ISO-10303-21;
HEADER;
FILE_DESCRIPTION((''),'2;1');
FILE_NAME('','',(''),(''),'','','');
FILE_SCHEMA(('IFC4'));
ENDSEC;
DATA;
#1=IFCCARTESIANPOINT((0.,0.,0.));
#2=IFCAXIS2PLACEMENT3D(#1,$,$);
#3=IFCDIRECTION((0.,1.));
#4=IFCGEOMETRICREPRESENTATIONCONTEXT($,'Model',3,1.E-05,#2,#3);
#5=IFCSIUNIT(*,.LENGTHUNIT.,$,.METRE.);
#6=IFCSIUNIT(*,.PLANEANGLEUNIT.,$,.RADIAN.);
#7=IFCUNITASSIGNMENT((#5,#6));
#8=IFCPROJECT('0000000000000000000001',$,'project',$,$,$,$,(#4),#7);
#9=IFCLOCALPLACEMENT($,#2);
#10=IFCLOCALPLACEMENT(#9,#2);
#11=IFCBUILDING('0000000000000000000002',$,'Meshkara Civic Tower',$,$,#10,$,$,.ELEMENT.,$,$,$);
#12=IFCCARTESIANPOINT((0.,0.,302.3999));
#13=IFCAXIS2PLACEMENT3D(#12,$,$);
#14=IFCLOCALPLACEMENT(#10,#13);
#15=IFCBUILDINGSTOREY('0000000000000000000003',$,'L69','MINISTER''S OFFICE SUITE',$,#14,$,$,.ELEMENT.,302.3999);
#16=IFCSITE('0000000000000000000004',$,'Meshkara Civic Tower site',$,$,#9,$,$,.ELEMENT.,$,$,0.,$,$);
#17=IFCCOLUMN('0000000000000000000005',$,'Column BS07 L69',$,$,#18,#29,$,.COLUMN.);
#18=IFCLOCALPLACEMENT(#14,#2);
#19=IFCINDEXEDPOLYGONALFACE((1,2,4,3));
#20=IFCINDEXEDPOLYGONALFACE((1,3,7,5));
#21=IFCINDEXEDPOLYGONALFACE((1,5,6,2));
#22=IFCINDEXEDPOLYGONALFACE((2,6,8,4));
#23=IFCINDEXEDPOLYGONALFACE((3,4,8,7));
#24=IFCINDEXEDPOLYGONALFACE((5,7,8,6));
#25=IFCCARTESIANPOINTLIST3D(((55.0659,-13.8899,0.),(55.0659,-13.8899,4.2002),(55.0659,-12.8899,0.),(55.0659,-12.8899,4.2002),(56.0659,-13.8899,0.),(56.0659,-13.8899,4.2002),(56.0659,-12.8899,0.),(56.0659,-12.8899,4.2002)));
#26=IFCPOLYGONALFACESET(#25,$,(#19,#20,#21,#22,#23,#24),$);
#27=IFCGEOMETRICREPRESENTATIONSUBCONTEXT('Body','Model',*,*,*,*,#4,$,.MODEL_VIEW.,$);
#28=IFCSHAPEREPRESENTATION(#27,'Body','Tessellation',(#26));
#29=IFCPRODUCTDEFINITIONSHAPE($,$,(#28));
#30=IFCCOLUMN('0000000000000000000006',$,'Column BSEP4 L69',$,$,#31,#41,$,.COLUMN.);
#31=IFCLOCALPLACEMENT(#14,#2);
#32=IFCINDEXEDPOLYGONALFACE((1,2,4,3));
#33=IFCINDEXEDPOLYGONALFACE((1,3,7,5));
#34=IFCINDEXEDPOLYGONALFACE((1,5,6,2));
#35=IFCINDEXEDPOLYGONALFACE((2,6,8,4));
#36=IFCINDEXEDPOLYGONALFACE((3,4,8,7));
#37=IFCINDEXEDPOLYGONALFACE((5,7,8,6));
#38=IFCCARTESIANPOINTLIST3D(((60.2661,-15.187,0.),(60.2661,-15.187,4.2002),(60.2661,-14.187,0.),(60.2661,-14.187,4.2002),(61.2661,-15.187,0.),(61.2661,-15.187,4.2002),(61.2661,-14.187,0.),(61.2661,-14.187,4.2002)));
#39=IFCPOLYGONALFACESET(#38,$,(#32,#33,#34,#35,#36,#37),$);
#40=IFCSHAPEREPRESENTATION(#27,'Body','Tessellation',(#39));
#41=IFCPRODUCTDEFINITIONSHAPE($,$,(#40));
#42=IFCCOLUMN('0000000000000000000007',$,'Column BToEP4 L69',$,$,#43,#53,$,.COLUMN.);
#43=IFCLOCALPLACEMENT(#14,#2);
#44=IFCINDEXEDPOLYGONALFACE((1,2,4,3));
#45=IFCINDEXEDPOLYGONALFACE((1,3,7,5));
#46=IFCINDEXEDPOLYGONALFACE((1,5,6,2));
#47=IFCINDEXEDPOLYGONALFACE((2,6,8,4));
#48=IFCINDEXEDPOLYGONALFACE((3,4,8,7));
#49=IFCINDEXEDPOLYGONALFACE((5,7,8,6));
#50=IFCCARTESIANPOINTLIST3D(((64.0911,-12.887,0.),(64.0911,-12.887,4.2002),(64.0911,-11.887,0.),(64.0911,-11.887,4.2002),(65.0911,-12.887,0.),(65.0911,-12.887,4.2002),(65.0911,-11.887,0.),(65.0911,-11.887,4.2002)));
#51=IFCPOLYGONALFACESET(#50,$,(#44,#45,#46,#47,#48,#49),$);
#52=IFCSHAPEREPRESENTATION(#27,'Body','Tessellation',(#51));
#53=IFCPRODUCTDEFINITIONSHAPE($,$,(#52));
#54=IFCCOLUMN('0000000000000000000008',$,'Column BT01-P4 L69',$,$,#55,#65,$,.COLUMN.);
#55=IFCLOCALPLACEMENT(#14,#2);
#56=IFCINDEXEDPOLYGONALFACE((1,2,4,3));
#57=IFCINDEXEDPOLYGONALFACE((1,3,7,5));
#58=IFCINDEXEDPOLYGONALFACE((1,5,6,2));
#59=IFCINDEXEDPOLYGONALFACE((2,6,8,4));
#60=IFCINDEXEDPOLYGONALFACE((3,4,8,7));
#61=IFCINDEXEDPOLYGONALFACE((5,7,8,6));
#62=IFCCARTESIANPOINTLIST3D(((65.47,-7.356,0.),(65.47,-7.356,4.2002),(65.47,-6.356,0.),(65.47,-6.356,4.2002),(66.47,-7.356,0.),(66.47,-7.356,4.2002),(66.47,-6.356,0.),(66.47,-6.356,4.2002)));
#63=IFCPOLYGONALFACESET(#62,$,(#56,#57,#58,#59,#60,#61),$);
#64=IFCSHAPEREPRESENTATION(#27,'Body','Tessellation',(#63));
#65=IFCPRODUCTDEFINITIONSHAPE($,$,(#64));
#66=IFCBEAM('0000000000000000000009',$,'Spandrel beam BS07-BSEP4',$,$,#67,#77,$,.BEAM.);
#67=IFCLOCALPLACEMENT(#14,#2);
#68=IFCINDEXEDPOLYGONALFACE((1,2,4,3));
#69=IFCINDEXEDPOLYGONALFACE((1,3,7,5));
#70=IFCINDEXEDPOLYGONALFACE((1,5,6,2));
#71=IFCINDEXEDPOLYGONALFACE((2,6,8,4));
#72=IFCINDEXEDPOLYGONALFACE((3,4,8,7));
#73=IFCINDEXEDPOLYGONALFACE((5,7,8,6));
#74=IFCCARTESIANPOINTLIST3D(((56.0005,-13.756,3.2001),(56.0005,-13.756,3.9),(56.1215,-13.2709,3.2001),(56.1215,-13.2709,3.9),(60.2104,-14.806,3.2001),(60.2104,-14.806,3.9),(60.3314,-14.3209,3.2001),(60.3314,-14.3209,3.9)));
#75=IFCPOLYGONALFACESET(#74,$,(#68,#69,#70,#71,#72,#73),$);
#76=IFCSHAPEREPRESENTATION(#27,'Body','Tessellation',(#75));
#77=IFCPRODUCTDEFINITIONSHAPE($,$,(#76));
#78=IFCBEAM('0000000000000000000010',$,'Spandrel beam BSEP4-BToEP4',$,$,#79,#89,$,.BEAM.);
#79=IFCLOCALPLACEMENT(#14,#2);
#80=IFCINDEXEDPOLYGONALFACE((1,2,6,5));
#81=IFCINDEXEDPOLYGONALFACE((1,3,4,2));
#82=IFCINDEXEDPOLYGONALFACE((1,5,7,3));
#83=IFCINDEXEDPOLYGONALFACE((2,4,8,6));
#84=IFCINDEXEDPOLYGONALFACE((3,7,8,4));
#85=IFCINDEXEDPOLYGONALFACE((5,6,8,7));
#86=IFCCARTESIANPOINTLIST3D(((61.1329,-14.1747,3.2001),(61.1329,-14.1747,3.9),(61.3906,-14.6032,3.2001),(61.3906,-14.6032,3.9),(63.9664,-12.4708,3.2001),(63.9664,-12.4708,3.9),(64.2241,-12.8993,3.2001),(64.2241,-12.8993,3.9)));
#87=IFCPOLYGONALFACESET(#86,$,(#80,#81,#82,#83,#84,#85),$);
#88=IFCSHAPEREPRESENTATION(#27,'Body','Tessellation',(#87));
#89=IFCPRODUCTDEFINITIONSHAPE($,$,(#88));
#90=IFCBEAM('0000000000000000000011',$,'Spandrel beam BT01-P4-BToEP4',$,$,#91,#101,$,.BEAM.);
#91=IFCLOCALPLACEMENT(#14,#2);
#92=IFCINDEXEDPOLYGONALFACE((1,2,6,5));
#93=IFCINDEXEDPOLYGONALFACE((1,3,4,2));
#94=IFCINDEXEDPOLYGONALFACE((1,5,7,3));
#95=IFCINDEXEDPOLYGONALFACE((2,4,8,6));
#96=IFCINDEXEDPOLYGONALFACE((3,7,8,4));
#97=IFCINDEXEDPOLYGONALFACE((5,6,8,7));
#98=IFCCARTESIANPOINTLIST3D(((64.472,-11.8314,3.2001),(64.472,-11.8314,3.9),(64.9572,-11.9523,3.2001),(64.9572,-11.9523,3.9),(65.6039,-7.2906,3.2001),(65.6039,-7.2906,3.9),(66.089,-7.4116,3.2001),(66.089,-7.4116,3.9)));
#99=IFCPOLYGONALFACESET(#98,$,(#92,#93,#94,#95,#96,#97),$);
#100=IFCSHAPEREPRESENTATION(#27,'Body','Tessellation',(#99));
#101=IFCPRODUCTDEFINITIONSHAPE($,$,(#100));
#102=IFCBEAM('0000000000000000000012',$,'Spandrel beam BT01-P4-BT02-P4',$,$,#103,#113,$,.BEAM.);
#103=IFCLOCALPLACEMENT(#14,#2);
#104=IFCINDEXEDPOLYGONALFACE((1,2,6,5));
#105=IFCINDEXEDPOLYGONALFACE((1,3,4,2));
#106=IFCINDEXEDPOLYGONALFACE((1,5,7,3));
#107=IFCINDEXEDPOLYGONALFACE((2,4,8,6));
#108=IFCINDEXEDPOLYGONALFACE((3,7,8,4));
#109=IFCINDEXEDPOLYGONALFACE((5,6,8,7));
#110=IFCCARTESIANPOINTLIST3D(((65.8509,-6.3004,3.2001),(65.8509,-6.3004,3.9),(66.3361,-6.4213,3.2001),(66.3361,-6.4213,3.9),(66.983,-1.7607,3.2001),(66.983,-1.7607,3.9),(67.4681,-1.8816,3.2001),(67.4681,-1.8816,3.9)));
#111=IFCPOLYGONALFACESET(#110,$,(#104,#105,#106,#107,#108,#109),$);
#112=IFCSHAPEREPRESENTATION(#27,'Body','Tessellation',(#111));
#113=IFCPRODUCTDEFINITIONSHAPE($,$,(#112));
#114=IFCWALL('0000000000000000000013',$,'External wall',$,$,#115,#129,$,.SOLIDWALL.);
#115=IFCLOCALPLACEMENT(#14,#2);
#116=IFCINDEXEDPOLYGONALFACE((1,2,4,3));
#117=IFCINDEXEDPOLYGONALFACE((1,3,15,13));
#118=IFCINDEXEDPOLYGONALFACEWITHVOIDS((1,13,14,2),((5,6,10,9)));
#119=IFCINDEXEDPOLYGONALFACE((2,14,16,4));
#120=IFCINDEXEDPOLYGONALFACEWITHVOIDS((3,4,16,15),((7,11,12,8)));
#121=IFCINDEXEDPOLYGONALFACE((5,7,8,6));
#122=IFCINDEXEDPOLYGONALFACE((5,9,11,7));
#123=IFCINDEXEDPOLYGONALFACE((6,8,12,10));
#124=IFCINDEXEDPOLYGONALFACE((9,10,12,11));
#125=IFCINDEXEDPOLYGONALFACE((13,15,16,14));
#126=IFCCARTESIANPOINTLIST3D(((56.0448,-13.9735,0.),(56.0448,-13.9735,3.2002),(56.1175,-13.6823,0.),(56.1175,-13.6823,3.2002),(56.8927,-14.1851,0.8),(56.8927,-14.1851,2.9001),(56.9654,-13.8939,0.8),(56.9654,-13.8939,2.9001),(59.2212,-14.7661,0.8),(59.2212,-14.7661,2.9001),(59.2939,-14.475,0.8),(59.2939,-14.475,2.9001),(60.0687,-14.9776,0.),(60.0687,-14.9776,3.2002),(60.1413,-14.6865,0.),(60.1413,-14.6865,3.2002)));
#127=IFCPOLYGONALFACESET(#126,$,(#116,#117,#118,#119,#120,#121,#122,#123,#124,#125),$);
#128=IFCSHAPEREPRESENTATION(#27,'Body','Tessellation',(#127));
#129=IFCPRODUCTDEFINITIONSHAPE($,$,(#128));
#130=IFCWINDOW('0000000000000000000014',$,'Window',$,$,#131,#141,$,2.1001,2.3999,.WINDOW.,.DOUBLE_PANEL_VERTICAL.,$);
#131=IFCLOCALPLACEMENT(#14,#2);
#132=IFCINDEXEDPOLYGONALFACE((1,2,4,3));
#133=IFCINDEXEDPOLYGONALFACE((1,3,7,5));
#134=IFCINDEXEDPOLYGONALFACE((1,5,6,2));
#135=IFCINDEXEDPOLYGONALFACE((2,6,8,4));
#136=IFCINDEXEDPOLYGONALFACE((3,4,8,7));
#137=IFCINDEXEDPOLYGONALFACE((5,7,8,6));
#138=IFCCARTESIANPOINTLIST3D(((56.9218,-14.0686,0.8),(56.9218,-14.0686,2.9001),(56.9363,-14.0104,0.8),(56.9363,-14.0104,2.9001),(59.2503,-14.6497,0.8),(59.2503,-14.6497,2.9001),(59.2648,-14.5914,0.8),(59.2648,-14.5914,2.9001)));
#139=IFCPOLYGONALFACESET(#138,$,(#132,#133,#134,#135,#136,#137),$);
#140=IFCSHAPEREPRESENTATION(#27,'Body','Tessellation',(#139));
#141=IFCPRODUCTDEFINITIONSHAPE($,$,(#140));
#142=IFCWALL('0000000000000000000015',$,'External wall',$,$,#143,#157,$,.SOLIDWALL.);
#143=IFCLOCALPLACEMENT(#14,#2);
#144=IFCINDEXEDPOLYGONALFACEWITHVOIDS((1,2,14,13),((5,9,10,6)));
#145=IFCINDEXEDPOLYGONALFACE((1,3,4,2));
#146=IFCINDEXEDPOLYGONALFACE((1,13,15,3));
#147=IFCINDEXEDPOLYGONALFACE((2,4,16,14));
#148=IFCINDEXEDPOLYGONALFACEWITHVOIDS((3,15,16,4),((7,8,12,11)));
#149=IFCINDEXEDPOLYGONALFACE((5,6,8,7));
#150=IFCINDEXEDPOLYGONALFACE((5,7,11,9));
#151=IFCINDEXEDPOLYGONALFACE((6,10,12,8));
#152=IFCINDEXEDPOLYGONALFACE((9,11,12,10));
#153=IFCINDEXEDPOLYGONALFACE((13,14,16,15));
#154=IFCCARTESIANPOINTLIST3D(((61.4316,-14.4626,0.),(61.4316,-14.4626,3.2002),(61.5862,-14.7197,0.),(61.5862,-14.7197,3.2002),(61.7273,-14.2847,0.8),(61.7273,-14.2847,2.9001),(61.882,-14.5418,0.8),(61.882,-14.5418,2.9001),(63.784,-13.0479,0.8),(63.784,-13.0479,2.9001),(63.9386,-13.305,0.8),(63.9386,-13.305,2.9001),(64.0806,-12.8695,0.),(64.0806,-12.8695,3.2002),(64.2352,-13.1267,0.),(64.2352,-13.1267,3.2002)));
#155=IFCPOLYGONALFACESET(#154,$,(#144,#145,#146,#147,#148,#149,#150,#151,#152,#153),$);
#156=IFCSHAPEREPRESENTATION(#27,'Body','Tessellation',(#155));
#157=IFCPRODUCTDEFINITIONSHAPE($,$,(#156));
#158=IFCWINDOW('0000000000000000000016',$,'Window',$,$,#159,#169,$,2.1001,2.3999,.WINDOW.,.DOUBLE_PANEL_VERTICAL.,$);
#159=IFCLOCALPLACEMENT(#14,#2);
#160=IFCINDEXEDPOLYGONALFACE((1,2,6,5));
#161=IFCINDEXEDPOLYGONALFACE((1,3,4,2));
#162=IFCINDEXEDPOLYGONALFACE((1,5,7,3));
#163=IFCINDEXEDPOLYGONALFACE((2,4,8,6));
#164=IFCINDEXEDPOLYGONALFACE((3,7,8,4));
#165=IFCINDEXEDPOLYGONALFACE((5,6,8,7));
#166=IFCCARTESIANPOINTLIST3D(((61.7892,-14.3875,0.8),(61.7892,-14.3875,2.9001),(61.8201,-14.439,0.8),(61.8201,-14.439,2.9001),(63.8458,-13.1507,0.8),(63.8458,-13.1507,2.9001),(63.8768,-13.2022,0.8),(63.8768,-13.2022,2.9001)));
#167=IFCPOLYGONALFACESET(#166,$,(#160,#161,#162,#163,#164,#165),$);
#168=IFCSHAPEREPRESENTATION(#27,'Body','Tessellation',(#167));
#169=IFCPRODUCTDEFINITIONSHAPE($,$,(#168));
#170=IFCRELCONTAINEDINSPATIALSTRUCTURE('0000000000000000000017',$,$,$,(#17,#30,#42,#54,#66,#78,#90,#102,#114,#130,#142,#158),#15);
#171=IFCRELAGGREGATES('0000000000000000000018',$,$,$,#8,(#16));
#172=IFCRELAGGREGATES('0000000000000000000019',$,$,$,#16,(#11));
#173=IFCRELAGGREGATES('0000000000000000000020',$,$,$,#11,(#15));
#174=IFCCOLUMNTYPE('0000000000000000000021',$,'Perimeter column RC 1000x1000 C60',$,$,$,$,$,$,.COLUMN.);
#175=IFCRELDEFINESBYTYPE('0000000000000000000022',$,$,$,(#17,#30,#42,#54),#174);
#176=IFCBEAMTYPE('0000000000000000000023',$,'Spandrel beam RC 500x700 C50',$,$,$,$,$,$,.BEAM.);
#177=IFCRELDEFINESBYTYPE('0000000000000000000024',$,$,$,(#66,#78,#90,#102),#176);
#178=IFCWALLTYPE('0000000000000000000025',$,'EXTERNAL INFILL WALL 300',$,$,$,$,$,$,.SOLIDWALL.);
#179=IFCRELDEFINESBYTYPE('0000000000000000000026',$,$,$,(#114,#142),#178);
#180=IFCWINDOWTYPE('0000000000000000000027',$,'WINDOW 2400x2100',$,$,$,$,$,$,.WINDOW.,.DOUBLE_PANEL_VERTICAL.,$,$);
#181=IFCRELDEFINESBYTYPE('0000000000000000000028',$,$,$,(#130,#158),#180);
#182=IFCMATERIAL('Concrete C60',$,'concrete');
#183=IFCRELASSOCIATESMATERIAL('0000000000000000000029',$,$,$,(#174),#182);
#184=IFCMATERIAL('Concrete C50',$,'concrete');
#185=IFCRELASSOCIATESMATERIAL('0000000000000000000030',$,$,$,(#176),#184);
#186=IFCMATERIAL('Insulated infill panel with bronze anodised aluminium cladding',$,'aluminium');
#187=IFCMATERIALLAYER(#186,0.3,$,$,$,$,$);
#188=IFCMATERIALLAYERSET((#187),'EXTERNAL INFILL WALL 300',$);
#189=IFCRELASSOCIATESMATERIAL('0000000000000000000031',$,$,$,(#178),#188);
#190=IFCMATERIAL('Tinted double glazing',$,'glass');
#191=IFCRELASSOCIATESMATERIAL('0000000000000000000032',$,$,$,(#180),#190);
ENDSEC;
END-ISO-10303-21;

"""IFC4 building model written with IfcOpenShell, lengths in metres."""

from ifc_helpers import new_model, si_unit, direction, frame, frame_2d, origin, origin_2d, place, context, subcontext, project, spatial, rectangle, extrude, material, layer, layer_set, material_profile, profile_set, type_object, element, fill, save


model = new_model("IFC4")

# Units and contexts
model_context = context("Model", 3, precision=1e-05, world=origin(), true_north=direction((0.0, 1.0)))
body_context = subcontext(model_context, "Body", "Model", "MODEL_VIEW")
ifc_project = project(units=[si_unit("LENGTHUNIT", "METRE"), si_unit("PLANEANGLEUNIT", "RADIAN")], contexts=[model_context])

# Site, building, storey
site_placement = place(None, origin())
site = spatial("IfcSite", under=ifc_project, at=site_placement, Name="Meshkara Civic Tower site", CompositionType="ELEMENT", RefElevation=0.0)
building_placement = place(site_placement, origin())
building = spatial("IfcBuilding", under=site, at=building_placement, Name="Meshkara Civic Tower", CompositionType="ELEMENT")
storey_placement = place(building_placement, frame((0.0, 0.0, 302.3999)))
storey = spatial("IfcBuildingStorey", under=building, at=storey_placement, Name="L69", Description="MINISTER'S OFFICE SUITE", CompositionType="ELEMENT", Elevation=302.3999)

# Columns
ifc_material_1 = material(Name="Concrete C60", Category="concrete")
ifc_material_profile_1 = material_profile(ifc_material_1, rectangle(XDim=1.0, YDim=1.0, at=origin_2d()))
ifc_profile_set_1 = profile_set([ifc_material_profile_1], Name="Concrete C60")
column_type = type_object("IfcColumnType", Name="Perimeter column RC 1000x1000 C60", PredefinedType="COLUMN", material=ifc_profile_set_1)
for number, where, z_axis, x_axis, name in (
    (1, (55.5659, -13.3899, 0.0), (0.0, 0.0, 1.0), (1.0, 0.0, 0.0), "Column BS07 L69"),
    (2, (60.7661, -14.687, 0.0), (0.0, 0.0, 1.0), (1.0, 0.0, 0.0), "Column BSEP4 L69"),
    (3, (64.5911, -12.387, 0.0), (0.0, 0.0, 1.0), (1.0, 0.0, 0.0), "Column BToEP4 L69"),
    (4, (65.97, -6.856, 0.0), (0.0, 0.0, 1.0), (1.0, 0.0, 0.0), "Column BT01-P4 L69"),
):
    element("IfcColumn", number, at=place(storey_placement, frame(where, z_axis=z_axis, x_axis=x_axis)), inside=storey, type_object=column_type, Name=name, PredefinedType="COLUMN", context=body_context, shape_type="SweptSolid", body=[
        extrude(rectangle(XDim=1.0, YDim=1.0, at=origin_2d()), origin(), (0.0, 0.0, 1.0), 4.2002),
    ])

# Beams
ifc_material_2 = material(Name="Concrete C50", Category="concrete")
ifc_material_profile_2 = material_profile(ifc_material_2, rectangle(XDim=0.5, YDim=0.7, at=origin_2d()))
ifc_profile_set_2 = profile_set([ifc_material_profile_2], Name="Concrete C50")
beam_type = type_object("IfcBeamType", Name="Spandrel beam RC 500x700 C50", PredefinedType="BEAM", material=ifc_profile_set_2)
beam_1_placement = place(storey_placement, frame((56.061, -13.5134, 3.55), z_axis=(0.970275, -0.242006, 0.0), x_axis=(0.242006, 0.970275, 0.0)))
element("IfcBeam", 5, at=beam_1_placement, inside=storey, type_object=beam_type, Name="Spandrel beam BS07-BSEP4", PredefinedType="BEAM", context=body_context, shape_type="SweptSolid", body=[
    extrude(rectangle(XDim=0.5, YDim=0.7, at=origin_2d()), origin(), (0.0, 0.0, 1.0), 4.3389),
])
beam_2_placement = place(storey_placement, frame((61.2617, -14.3889, 3.55), z_axis=(0.856991, 0.515332, 0.0), x_axis=(-0.515332, 0.856991, 0.0)))
element("IfcBeam", 6, at=beam_2_placement, inside=storey, type_object=beam_type, Name="Spandrel beam BSEP4-BToEP4", PredefinedType="BEAM", context=body_context, shape_type="SweptSolid", body=[
    extrude(rectangle(XDim=0.5, YDim=0.7, at=origin_2d()), origin(), (0.0, 0.0, 1.0), 3.3064),
])
beam_3_placement = place(storey_placement, frame((64.7146, -11.8918, 3.55), z_axis=(0.24186, 0.970311, 0.0), x_axis=(-0.970311, 0.24186, 0.0)))
element("IfcBeam", 7, at=beam_3_placement, inside=storey, type_object=beam_type, Name="Spandrel beam BT01-P4-BToEP4", PredefinedType="BEAM", context=body_context, shape_type="SweptSolid", body=[
    extrude(rectangle(XDim=0.5, YDim=0.7, at=origin_2d()), origin(), (0.0, 0.0, 1.0), 4.6797),
])
beam_4_placement = place(storey_placement, frame((66.0935, -6.3608, 3.55), z_axis=(0.241959, 0.970287, 0.0), x_axis=(-0.970287, 0.241959, 0.0)))
element("IfcBeam", 8, at=beam_4_placement, inside=storey, type_object=beam_type, Name="Spandrel beam BT01-P4-BT02-P4", PredefinedType="BEAM", context=body_context, shape_type="SweptSolid", body=[
    extrude(rectangle(XDim=0.5, YDim=0.7, at=origin_2d()), origin(), (0.0, 0.0, 1.0), 4.6787),
])

# Walls, openings, windows
ifc_material_3 = material(Name="Insulated infill panel with bronze anodised aluminium cladding", Category="aluminium")
ifc_layer_1 = layer(ifc_material_3, 0.3)
ifc_layer_set_1 = layer_set([ifc_layer_1], Name="EXTERNAL INFILL WALL 300")
wall_type_1 = type_object("IfcWallType", Name="EXTERNAL INFILL WALL 300", PredefinedType="SOLIDWALL", material=ifc_layer_set_1)
wall_1_placement = place(storey_placement, frame((56.0811, -13.8279, 0.0), z_axis=(0.0, 0.0, 1.0), x_axis=(0.970246, -0.24212, 0.0)))
wall_1 = element("IfcWall", 9, at=wall_1_placement, inside=storey, type_object=wall_type_1, Name="External wall", PredefinedType="SOLIDWALL", context=body_context, shape_type="SweptSolid", body=[
    extrude(rectangle(XDim=4.1472, YDim=0.3, at=frame_2d((2.0737, 0.0))), origin(), (0.0, 0.0, 1.0), 3.2002),
])
opening_1_placement = place(wall_1_placement, frame((0.874, 0.0, 0.8)))
opening_1 = element("IfcOpeningElement", 10, at=opening_1_placement, cuts=wall_1, PredefinedType="OPENING", context=body_context, shape_type="SweptSolid", body=[
    extrude(rectangle(XDim=2.3999, YDim=2.1001, at=frame_2d((1.2, 1.05))), frame((0.0, 0.1599, 0.0), z_axis=(0.0, -1.0, 0.0), x_axis=(1.0, 0.0, 0.0)), (0.0, 0.0, 1.0), 0.3201),
])
ifc_material_4 = material(Name="Tinted double glazing", Category="glass")
window_type = type_object("IfcWindowType", Name="WINDOW 2400x2100", PartitioningType="DOUBLE_PANEL_VERTICAL", PredefinedType="WINDOW", material=ifc_material_4)
window_1_placement = place(opening_1_placement, origin())
window_1 = element("IfcWindow", 11, at=window_1_placement, inside=storey, type_object=window_type, Name="Window", OverallHeight=2.1001, OverallWidth=2.3999, PartitioningType="DOUBLE_PANEL_VERTICAL", PredefinedType="WINDOW", context=body_context, shape_type="SweptSolid", body=[
    extrude(rectangle(XDim=2.3999, YDim=2.1001, at=frame_2d((1.2, 1.05))), frame((0.0, 0.03, 0.0), z_axis=(0.0, -1.0, 0.0), x_axis=(1.0, 0.0, 0.0)), (0.0, 0.0, 1.0), 0.0601),
])
fill(opening_1, window_1)
wall_2_placement = place(storey_placement, frame((61.509, -14.5911, 0.0), z_axis=(0.0, 0.0, 1.0), x_axis=(0.85697, 0.515367, 0.0)))
wall_2 = element("IfcWall", 12, at=wall_2_placement, inside=storey, type_object=wall_type_1, Name="External wall", PredefinedType="SOLIDWALL", context=body_context, shape_type="SweptSolid", body=[
    extrude(rectangle(XDim=3.0911, YDim=0.3, at=frame_2d((1.5454, 0.0))), origin(), (0.0, 0.0, 1.0), 3.2002),
])
opening_2_placement = place(wall_2_placement, frame((0.345, 0.0, 0.8)))
opening_2 = element("IfcOpeningElement", 13, at=opening_2_placement, cuts=wall_2, PredefinedType="OPENING", context=body_context, shape_type="SweptSolid", body=[
    extrude(rectangle(XDim=2.3999, YDim=2.1001, at=frame_2d((1.2, 1.05))), frame((0.0, 0.1599, 0.0), z_axis=(0.0, -1.0, 0.0), x_axis=(1.0, 0.0, 0.0)), (0.0, 0.0, 1.0), 0.3201),
])
window_2_placement = place(opening_2_placement, origin())
window_2 = element("IfcWindow", 14, at=window_2_placement, inside=storey, type_object=window_type, Name="Window", OverallHeight=2.1001, OverallWidth=2.3999, PartitioningType="DOUBLE_PANEL_VERTICAL", PredefinedType="WINDOW", context=body_context, shape_type="SweptSolid", body=[
    extrude(rectangle(XDim=2.3999, YDim=2.1001, at=frame_2d((1.2, 1.05))), frame((0.0, 0.03, 0.0), z_axis=(0.0, -1.0, 0.0), x_axis=(1.0, 0.0, 0.0)), (0.0, 0.0, 1.0), 0.0601),
])
fill(opening_2, window_2)

save(model, "model.ifc")
